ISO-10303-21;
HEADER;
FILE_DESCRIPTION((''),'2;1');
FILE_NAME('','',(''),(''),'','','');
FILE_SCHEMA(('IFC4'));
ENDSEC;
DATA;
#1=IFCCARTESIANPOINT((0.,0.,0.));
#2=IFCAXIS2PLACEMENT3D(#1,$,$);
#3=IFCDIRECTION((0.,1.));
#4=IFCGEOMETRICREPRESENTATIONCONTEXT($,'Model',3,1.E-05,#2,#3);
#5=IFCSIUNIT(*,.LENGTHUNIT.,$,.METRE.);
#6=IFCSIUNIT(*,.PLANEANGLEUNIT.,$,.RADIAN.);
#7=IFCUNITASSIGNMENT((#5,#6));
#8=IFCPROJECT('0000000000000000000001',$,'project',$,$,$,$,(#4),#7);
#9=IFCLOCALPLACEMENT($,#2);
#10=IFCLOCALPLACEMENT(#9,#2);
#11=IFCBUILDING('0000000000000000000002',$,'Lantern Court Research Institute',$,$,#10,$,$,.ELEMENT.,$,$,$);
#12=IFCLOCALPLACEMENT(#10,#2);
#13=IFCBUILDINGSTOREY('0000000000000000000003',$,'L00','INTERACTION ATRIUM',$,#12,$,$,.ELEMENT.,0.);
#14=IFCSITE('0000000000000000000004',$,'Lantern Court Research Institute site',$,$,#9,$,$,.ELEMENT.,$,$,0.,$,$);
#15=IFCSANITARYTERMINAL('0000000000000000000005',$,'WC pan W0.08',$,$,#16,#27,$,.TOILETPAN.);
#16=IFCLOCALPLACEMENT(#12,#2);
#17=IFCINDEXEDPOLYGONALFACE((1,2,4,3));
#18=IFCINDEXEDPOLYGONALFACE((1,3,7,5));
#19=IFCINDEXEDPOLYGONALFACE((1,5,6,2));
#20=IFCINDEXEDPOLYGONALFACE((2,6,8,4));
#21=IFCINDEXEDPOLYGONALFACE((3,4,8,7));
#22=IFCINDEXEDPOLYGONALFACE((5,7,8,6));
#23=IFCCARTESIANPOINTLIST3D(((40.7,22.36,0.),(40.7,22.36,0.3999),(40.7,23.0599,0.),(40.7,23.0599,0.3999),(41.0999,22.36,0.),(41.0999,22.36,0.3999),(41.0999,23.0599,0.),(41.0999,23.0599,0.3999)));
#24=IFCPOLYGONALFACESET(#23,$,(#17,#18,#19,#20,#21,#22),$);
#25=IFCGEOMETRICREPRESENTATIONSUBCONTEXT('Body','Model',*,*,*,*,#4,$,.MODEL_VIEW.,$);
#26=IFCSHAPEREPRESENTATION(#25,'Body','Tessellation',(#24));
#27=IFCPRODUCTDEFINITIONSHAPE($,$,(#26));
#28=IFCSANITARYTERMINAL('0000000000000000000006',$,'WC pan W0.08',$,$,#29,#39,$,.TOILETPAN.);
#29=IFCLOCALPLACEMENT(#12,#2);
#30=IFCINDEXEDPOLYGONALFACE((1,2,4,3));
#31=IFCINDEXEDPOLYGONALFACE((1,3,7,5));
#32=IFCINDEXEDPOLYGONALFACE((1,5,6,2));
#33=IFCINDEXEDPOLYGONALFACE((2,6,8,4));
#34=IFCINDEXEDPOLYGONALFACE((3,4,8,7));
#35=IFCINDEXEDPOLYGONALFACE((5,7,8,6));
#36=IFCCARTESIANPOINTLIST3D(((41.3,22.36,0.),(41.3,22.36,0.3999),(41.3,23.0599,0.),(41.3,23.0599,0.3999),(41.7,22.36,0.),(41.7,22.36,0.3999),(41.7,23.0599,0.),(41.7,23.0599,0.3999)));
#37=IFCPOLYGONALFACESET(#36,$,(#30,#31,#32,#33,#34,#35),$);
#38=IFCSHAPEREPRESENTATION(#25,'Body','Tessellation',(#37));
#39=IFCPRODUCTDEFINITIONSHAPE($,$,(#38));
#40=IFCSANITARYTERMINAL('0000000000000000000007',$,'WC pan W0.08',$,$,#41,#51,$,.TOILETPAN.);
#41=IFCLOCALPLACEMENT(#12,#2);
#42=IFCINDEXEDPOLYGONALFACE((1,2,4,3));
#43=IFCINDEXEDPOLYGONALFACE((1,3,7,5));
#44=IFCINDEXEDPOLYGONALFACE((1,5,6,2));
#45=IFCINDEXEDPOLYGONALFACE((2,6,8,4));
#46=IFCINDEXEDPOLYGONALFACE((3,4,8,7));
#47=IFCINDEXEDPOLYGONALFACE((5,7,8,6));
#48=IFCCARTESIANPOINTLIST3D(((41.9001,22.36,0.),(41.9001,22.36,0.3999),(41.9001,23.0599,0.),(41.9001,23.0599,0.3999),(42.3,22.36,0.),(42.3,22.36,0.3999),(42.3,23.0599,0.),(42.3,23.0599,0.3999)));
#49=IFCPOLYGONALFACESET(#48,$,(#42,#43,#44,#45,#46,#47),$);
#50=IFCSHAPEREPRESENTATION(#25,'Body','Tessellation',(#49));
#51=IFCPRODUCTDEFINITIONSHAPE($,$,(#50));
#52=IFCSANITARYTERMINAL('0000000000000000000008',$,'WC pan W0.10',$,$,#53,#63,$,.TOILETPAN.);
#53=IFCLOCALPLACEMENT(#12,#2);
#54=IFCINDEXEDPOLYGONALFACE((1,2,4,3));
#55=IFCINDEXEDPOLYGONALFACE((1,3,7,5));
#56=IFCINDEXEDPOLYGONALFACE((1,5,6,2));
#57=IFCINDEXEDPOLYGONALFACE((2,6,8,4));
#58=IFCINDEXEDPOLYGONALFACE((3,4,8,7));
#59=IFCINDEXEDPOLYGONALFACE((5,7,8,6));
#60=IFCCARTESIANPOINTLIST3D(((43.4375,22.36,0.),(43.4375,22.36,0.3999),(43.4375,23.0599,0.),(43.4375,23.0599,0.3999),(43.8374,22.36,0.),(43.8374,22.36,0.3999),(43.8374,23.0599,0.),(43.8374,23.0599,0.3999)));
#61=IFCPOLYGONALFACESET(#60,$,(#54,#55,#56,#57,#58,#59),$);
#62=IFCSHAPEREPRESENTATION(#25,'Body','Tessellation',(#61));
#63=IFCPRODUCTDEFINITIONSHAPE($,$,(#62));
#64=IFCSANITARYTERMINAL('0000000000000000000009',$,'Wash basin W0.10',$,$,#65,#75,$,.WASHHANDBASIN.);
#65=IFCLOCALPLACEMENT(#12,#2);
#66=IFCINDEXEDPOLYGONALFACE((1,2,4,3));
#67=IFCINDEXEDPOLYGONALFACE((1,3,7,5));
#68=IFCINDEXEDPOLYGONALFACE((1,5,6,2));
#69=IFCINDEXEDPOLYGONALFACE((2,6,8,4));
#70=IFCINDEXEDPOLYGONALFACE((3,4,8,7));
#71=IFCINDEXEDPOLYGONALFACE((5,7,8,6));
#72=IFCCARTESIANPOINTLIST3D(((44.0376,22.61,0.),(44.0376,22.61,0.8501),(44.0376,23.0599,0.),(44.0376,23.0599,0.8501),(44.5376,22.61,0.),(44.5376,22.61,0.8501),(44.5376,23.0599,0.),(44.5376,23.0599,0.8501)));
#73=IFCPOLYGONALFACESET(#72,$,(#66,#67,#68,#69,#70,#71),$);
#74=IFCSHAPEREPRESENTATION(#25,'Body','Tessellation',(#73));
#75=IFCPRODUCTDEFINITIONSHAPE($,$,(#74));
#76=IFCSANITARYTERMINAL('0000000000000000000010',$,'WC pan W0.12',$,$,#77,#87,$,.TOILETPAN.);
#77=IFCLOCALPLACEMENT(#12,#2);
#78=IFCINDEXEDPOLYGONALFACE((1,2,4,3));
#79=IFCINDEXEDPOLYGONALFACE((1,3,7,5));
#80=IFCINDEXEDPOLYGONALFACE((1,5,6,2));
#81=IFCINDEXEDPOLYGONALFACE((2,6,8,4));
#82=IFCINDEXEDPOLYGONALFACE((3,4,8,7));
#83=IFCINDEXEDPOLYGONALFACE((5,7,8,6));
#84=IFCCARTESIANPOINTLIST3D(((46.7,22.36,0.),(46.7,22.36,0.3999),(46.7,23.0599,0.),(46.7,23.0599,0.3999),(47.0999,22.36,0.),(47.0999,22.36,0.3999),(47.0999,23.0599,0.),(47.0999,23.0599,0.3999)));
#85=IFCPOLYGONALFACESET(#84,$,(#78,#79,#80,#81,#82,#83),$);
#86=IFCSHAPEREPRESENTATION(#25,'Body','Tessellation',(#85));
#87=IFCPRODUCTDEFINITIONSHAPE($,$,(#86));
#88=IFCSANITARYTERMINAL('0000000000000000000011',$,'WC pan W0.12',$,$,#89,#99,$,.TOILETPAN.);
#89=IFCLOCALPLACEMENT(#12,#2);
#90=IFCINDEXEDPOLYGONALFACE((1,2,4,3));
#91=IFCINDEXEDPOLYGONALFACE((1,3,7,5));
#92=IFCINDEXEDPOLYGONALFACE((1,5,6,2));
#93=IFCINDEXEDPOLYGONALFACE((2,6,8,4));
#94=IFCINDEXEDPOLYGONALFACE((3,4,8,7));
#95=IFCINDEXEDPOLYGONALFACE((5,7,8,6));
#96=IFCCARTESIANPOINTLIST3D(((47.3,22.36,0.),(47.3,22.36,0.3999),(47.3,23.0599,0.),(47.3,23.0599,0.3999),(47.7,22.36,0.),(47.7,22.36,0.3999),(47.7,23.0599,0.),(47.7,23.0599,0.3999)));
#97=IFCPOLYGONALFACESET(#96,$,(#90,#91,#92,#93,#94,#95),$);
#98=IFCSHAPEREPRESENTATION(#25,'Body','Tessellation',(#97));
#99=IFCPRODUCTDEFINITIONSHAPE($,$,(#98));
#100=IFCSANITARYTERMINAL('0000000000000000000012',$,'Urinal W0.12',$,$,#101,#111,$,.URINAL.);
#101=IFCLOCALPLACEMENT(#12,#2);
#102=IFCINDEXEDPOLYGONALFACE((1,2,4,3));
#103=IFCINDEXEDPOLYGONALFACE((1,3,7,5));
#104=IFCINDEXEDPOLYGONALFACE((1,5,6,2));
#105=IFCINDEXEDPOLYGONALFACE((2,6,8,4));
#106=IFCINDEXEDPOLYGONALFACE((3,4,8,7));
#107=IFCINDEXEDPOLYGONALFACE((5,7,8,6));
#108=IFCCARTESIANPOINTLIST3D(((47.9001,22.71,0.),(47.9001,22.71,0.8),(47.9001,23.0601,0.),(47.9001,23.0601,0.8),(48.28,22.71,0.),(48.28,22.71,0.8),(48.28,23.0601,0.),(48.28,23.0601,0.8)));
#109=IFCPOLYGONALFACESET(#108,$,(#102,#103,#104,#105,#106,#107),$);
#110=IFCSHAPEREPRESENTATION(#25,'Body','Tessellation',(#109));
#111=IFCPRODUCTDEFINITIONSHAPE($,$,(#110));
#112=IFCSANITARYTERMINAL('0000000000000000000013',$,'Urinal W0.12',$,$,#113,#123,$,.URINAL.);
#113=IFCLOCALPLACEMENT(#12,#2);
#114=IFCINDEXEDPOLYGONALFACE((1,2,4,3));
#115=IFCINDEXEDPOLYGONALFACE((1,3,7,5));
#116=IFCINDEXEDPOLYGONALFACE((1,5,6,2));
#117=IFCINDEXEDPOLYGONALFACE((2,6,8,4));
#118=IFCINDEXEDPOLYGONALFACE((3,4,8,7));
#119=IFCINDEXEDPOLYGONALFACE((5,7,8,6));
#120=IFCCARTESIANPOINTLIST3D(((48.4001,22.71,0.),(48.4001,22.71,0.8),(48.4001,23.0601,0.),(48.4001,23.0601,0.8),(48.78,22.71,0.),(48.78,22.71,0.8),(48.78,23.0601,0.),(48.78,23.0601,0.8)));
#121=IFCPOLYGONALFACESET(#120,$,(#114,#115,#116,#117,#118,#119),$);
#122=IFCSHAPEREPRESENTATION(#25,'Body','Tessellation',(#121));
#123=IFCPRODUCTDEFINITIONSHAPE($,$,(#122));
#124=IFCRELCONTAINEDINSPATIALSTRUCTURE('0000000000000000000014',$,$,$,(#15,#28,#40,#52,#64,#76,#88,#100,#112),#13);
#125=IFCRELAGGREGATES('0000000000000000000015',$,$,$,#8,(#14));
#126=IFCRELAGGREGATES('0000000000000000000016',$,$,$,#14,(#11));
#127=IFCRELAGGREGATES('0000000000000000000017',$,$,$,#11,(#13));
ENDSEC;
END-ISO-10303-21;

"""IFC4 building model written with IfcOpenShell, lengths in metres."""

from ifc_helpers import new_model, si_unit, direction, frame, origin, origin_2d, place, context, subcontext, project, spatial, rectangle, extrude, element, save


model = new_model("IFC4")

# Units and contexts
model_context = context("Model", 3, precision=1e-05, world=origin(), true_north=direction((0.0, 1.0)))
body_context = subcontext(model_context, "Body", "Model", "MODEL_VIEW")
ifc_project = project(units=[si_unit("LENGTHUNIT", "METRE"), si_unit("PLANEANGLEUNIT", "RADIAN")], contexts=[model_context])

# Site, building, storey
site_placement = place(None, origin())
site = spatial("IfcSite", under=ifc_project, at=site_placement, Name="Lantern Court Research Institute site", CompositionType="ELEMENT", RefElevation=0.0)
building_placement = place(site_placement, origin())
building = spatial("IfcBuilding", under=site, at=building_placement, Name="Lantern Court Research Institute", CompositionType="ELEMENT")
storey_placement = place(building_placement, origin())
storey = spatial("IfcBuildingStorey", under=building, at=storey_placement, Name="L00", Description="INTERACTION ATRIUM", CompositionType="ELEMENT", Elevation=0.0)

# Sanitary terminals
for number, where, z_axis, x_axis, name in (
    (1, (40.8999, 22.71, 0.0), (0.0, 0.0, 1.0), (1.0, 0.0, 0.0), "WC pan W0.08"),
    (2, (41.5, 22.71, 0.0), (0.0, 0.0, 1.0), (1.0, 0.0, 0.0), "WC pan W0.08"),
    (3, (42.1001, 22.71, 0.0), (0.0, 0.0, 1.0), (1.0, 0.0, 0.0), "WC pan W0.08"),
    (4, (43.6375, 22.71, 0.0), (0.0, 0.0, 1.0), (1.0, 0.0, 0.0), "WC pan W0.10"),
):
    element("IfcSanitaryTerminal", number, at=place(storey_placement, frame(where, z_axis=z_axis, x_axis=x_axis)), inside=storey, Name=name, PredefinedType="TOILETPAN", context=body_context, shape_type="SweptSolid", body=[
        extrude(rectangle(XDim=0.3999, YDim=0.7, at=origin_2d()), origin(), (0.0, 0.0, 1.0), 0.3999),
    ])
sanitary_terminal_placement = place(storey_placement, frame((44.2876, 22.835, 0.0), z_axis=(0.0, 0.0, 1.0), x_axis=(1.0, 0.0, 0.0)))
element("IfcSanitaryTerminal", 5, at=sanitary_terminal_placement, inside=storey, Name="Wash basin W0.10", PredefinedType="WASHHANDBASIN", context=body_context, shape_type="SweptSolid", body=[
    extrude(rectangle(XDim=0.5, YDim=0.45, at=origin_2d()), origin(), (0.0, 0.0, 1.0), 0.8501),
])
for number, where, z_axis, x_axis, name in (
    (6, (46.8999, 22.71, 0.0), (0.0, 0.0, 1.0), (1.0, 0.0, 0.0), "WC pan W0.12"),
    (7, (47.5, 22.71, 0.0), (0.0, 0.0, 1.0), (1.0, 0.0, 0.0), "WC pan W0.12"),
):
    element("IfcSanitaryTerminal", number, at=place(storey_placement, frame(where, z_axis=z_axis, x_axis=x_axis)), inside=storey, Name=name, PredefinedType="TOILETPAN", context=body_context, shape_type="SweptSolid", body=[
        extrude(rectangle(XDim=0.3999, YDim=0.7, at=origin_2d()), origin(), (0.0, 0.0, 1.0), 0.3999),
    ])
for number, where, z_axis, x_axis, name in (
    (8, (48.0901, 22.885, 0.0), (0.0, 0.0, 1.0), (1.0, 0.0, 0.0), "Urinal W0.12"),
    (9, (48.5901, 22.885, 0.0), (0.0, 0.0, 1.0), (1.0, 0.0, 0.0), "Urinal W0.12"),
):
    element("IfcSanitaryTerminal", number, at=place(storey_placement, frame(where, z_axis=z_axis, x_axis=x_axis)), inside=storey, Name=name, PredefinedType="URINAL", context=body_context, shape_type="SweptSolid", body=[
        extrude(rectangle(XDim=0.3799, YDim=0.3501, at=origin_2d()), origin(), (0.0, 0.0, 1.0), 0.8),
    ])

save(model, "model.ifc")
